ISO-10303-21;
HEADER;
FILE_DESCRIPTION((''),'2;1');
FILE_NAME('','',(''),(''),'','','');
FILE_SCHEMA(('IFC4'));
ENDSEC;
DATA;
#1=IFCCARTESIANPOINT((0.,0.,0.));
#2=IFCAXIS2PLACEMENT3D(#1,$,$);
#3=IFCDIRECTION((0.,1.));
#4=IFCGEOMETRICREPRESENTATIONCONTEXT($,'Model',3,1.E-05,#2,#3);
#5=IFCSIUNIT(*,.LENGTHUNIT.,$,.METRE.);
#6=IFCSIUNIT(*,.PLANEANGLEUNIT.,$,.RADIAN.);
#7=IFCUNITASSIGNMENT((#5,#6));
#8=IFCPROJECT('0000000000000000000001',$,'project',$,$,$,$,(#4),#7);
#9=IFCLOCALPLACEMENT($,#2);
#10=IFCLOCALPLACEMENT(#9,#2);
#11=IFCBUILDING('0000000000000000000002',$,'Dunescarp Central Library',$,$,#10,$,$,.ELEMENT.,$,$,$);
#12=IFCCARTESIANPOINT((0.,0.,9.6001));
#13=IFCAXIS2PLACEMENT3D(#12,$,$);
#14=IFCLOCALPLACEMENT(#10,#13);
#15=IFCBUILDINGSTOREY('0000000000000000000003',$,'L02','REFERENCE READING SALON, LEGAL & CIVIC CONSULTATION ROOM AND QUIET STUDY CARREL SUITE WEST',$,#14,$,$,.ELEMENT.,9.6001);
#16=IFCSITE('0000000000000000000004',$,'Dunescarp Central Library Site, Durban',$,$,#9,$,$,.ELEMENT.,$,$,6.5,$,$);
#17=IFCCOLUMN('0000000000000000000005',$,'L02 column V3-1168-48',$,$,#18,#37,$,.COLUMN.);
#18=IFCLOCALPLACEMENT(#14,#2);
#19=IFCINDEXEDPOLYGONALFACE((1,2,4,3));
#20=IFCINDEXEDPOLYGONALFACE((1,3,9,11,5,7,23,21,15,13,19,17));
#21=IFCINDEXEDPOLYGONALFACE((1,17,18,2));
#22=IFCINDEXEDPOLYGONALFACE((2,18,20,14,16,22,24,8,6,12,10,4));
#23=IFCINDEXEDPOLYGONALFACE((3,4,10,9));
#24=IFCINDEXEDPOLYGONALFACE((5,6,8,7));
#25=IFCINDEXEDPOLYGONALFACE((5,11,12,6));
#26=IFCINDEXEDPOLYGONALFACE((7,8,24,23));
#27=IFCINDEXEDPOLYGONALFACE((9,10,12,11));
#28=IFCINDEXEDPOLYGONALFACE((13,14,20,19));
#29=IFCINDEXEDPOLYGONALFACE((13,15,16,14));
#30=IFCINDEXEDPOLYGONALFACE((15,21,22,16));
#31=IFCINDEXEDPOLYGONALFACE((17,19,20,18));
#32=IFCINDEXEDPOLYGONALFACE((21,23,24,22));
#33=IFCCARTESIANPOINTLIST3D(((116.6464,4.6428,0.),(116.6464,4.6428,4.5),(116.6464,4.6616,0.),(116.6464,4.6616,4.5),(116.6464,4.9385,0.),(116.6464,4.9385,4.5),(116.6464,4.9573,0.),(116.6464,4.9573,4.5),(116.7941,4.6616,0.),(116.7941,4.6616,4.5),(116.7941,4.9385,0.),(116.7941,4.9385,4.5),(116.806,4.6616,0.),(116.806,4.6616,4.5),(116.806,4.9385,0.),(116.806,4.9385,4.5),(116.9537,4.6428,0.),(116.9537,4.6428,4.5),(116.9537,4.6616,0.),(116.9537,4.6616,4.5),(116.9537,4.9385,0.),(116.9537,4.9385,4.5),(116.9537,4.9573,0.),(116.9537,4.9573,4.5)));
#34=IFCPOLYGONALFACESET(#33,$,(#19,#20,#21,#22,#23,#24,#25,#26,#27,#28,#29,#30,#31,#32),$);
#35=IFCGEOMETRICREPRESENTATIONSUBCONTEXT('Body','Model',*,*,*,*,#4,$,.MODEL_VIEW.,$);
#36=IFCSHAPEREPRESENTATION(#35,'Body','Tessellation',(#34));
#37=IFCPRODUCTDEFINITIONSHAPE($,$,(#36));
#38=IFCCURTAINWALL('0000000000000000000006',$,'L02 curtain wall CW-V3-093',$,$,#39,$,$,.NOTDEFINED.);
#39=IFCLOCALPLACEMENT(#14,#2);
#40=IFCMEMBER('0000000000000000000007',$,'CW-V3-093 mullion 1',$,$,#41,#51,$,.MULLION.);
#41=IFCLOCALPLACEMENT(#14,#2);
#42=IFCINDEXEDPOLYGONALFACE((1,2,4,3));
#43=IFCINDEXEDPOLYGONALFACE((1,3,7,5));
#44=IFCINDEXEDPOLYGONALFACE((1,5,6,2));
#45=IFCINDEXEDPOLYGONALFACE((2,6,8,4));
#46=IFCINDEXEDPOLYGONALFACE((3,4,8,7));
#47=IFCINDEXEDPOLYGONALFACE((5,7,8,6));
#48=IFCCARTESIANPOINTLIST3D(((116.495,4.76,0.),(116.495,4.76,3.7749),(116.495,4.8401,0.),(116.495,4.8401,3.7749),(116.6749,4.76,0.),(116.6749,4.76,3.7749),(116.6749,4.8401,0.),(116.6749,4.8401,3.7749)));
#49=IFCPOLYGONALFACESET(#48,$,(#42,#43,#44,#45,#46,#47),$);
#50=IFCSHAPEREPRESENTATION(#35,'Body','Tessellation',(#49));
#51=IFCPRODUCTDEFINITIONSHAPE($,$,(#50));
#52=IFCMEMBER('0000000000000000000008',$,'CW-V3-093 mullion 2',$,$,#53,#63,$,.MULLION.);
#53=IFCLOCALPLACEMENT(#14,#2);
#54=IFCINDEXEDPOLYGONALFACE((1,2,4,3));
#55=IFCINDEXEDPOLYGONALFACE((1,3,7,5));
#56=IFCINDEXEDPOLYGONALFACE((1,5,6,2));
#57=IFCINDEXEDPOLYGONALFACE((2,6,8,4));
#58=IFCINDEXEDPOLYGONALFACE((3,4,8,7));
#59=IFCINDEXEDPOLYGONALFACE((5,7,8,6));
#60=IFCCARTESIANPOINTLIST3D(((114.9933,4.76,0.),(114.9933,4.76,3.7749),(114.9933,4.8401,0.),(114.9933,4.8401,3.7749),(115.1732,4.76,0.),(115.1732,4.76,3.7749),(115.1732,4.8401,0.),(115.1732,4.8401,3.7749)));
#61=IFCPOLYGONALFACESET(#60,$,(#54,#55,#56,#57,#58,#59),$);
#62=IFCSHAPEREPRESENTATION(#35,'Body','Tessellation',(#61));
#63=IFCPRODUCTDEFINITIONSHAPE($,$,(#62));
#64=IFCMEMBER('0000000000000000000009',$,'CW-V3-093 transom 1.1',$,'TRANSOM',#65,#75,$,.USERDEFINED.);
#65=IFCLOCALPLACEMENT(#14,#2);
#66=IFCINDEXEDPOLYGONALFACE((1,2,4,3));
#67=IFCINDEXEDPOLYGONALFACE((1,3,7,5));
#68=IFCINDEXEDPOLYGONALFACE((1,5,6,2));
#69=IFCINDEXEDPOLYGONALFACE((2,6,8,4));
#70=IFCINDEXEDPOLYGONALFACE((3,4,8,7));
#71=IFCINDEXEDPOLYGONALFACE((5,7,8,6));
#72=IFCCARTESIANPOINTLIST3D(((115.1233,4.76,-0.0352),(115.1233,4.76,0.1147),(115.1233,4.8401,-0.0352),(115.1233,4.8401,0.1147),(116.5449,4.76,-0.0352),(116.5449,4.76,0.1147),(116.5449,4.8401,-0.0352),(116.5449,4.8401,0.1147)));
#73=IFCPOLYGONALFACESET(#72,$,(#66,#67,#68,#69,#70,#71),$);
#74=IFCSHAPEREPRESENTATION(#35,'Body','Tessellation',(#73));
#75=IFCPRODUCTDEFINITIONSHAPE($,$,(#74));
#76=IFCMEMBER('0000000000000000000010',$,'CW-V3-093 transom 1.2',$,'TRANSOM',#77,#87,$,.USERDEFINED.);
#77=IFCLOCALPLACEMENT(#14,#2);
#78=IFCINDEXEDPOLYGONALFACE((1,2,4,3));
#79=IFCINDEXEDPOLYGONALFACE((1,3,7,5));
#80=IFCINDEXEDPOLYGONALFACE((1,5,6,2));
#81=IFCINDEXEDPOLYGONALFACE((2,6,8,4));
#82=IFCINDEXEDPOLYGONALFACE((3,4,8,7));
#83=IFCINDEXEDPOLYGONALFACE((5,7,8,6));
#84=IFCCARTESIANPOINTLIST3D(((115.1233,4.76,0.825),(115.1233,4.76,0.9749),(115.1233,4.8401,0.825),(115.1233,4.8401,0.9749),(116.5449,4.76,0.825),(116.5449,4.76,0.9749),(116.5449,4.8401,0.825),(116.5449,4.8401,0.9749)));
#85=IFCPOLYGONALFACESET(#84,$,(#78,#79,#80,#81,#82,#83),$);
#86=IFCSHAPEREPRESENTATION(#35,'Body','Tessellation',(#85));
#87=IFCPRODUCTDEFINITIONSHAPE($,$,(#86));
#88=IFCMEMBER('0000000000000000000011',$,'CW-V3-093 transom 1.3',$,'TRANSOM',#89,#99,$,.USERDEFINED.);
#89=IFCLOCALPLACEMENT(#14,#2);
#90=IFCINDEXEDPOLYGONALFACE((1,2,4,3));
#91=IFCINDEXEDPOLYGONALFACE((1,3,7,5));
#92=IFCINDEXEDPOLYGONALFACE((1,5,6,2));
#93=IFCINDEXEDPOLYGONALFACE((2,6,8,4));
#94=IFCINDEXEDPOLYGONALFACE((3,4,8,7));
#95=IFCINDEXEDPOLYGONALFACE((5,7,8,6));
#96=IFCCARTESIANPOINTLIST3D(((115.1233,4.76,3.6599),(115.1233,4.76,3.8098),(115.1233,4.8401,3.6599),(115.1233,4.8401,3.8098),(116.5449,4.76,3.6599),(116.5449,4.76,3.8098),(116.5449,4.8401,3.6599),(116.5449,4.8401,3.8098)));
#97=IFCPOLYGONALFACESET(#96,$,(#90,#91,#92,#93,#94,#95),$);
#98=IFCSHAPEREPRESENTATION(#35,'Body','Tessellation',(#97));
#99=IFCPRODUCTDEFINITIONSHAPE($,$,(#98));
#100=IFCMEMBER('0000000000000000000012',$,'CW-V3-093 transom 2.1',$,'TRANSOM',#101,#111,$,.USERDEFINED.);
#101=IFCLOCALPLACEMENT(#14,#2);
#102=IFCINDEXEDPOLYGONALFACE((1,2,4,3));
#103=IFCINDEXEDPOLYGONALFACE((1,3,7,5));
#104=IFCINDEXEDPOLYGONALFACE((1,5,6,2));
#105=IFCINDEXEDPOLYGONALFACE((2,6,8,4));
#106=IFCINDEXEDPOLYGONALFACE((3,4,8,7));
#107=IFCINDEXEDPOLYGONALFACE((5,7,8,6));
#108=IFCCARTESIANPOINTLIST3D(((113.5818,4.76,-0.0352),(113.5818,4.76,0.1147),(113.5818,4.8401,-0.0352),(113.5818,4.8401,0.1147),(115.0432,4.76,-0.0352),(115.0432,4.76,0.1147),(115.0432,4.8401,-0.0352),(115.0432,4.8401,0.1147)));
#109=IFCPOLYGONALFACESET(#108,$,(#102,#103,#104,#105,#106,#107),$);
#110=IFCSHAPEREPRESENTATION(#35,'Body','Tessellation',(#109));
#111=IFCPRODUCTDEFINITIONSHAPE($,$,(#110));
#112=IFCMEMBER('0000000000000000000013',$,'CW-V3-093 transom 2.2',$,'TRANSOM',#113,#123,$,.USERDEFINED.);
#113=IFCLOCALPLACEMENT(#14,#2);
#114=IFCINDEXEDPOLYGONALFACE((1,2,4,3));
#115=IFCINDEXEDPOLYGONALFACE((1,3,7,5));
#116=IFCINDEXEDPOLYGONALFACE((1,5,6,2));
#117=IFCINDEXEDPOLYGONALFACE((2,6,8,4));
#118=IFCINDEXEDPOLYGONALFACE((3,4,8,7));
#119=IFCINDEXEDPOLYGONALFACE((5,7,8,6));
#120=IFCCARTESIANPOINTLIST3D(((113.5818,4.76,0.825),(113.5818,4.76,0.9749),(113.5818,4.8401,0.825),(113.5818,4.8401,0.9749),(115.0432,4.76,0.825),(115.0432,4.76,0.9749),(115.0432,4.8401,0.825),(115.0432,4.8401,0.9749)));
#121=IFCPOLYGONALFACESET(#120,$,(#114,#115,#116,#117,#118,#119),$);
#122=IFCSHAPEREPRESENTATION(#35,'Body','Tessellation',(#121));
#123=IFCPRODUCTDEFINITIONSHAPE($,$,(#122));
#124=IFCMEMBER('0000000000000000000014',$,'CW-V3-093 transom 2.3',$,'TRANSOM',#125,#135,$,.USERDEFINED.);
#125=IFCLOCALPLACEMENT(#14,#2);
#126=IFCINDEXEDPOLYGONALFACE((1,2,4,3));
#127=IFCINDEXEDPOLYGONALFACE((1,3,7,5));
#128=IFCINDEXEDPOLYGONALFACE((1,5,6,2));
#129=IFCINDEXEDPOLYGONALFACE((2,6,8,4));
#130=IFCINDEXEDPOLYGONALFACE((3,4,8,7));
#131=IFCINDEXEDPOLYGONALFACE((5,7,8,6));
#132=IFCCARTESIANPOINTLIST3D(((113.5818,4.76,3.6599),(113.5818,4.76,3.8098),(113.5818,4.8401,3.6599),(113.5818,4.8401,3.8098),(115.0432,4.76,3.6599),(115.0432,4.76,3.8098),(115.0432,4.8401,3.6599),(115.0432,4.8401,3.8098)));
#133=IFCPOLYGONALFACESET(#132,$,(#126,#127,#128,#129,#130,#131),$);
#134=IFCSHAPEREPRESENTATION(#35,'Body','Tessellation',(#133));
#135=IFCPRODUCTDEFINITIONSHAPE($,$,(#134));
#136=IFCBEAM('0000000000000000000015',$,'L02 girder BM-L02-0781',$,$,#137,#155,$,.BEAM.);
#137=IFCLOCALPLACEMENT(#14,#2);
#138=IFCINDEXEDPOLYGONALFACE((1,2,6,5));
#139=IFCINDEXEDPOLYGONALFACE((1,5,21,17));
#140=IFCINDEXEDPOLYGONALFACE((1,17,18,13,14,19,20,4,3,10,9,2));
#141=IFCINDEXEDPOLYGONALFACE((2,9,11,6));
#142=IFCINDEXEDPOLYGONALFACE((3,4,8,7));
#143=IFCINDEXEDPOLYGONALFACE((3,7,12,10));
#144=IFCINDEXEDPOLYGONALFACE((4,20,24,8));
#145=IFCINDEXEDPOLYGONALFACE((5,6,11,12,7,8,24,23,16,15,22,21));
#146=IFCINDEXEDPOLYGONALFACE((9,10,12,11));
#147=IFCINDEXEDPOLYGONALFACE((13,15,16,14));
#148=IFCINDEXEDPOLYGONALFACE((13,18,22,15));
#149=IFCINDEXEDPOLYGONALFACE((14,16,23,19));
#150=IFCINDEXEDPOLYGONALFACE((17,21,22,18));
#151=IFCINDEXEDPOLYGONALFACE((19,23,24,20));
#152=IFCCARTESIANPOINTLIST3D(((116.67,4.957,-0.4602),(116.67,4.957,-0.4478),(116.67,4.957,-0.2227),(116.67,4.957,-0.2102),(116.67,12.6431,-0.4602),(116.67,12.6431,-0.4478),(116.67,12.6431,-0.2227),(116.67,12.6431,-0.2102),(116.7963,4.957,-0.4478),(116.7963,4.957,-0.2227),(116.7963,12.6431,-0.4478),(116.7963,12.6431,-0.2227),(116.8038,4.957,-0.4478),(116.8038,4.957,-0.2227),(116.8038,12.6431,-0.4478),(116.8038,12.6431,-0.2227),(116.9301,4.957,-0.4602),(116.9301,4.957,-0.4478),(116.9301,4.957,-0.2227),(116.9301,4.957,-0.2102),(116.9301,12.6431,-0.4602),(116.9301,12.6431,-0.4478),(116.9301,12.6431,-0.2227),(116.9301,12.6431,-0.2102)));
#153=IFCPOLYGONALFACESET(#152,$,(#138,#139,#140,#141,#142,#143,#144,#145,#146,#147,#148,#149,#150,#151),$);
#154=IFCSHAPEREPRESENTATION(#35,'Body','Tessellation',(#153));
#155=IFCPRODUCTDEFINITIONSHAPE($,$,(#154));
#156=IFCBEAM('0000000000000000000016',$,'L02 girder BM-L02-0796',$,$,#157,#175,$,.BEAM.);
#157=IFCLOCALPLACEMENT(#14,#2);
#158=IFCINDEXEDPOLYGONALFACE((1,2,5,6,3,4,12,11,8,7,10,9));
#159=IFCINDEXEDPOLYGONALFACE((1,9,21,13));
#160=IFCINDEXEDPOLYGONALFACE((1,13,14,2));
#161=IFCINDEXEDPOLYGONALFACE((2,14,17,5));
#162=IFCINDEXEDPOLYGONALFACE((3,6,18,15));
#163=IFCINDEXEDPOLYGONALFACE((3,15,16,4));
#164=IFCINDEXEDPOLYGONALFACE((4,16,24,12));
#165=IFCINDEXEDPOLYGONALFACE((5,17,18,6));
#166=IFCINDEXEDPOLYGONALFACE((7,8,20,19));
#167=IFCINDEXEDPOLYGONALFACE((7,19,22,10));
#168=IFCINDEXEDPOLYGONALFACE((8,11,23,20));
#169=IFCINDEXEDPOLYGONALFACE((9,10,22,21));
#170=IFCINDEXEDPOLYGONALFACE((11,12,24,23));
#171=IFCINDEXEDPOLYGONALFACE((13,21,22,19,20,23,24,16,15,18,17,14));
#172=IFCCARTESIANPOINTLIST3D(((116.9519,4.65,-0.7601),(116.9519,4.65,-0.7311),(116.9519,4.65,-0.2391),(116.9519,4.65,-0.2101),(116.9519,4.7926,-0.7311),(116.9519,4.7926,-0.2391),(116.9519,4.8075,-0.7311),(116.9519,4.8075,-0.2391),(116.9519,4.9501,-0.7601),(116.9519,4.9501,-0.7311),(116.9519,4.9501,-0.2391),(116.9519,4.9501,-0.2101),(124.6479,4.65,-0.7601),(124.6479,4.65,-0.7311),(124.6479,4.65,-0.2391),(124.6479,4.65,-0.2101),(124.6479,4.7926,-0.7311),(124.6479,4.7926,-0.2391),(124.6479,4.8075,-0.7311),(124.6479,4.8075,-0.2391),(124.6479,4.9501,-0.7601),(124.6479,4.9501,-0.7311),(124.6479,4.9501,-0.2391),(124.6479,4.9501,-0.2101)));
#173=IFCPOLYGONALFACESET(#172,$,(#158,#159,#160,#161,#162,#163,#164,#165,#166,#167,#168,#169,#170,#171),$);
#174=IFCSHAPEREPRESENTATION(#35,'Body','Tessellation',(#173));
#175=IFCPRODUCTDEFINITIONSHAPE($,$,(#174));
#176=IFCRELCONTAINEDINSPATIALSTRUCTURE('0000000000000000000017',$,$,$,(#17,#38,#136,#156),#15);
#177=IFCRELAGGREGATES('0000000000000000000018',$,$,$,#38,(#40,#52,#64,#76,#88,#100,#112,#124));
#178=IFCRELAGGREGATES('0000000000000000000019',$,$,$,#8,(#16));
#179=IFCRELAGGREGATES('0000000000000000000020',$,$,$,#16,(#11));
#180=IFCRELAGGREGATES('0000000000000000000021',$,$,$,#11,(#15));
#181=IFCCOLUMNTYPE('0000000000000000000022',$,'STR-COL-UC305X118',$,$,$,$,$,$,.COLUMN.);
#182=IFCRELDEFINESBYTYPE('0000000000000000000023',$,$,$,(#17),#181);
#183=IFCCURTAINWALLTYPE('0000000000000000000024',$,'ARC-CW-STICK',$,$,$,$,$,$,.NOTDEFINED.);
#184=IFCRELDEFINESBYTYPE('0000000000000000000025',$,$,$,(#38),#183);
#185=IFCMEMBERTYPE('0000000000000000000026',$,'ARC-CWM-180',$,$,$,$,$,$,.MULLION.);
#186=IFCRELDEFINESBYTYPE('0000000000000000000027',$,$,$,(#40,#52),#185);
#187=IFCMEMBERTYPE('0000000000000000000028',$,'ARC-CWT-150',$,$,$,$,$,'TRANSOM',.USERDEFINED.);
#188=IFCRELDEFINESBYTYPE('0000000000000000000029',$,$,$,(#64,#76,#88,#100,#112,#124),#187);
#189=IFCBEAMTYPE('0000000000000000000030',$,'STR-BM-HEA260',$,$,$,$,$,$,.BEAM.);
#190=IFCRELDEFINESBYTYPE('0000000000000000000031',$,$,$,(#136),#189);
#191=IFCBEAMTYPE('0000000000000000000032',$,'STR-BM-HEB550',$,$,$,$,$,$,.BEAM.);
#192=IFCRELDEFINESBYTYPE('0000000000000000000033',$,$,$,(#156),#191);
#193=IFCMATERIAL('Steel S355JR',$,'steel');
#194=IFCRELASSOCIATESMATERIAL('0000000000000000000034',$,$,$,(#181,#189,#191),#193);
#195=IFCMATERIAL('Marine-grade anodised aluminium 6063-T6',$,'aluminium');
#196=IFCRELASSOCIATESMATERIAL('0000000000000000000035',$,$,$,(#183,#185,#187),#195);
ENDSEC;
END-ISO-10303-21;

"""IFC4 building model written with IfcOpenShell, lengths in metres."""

from ifc_helpers import new_model, si_unit, direction, frame, origin, origin_2d, place, context, subcontext, project, spatial, rectangle, i_section, extrude, material, material_profile, profile_set, type_object, element, aggregate, save


model = new_model("IFC4")

# Units and contexts
model_context = context("Model", 3, precision=1e-05, world=origin(), true_north=direction((0.0, 1.0)))
body_context = subcontext(model_context, "Body", "Model", "MODEL_VIEW")
ifc_project = project(units=[si_unit("LENGTHUNIT", "METRE"), si_unit("PLANEANGLEUNIT", "RADIAN")], contexts=[model_context])

# Site, building, storey
site_placement = place(None, origin())
site = spatial("IfcSite", under=ifc_project, at=site_placement, Name="Dunescarp Central Library Site, Durban", CompositionType="ELEMENT", RefElevation=6.5)
building_placement = place(site_placement, origin())
building = spatial("IfcBuilding", under=site, at=building_placement, Name="Dunescarp Central Library", CompositionType="ELEMENT")
storey_placement = place(building_placement, frame((0.0, 0.0, 9.6001)))
storey = spatial("IfcBuildingStorey", under=building, at=storey_placement, Name="L02", Description="REFERENCE READING SALON, LEGAL & CIVIC CONSULTATION ROOM AND QUIET STUDY CARREL SUITE WEST", CompositionType="ELEMENT", Elevation=9.6001)

# Column
ifc_material_1 = material(Name="Steel S355JR", Category="steel")
ifc_material_profile_1 = material_profile(ifc_material_1, i_section(OverallWidth=0.3074, OverallDepth=0.3145, WebThickness=0.012, FlangeThickness=0.0188, at=origin_2d()), Name="UC 305x305x118")
ifc_profile_set_1 = profile_set([ifc_material_profile_1], Name="Steel S355JR")
column_type = type_object("IfcColumnType", Name="STR-COL-UC305X118", PredefinedType="COLUMN", material=ifc_profile_set_1)
column_placement = place(storey_placement, frame((116.8, 4.8, 0.0), z_axis=(0.0, 0.0, 1.0), x_axis=(1.0, 0.0, 0.0)))
element("IfcColumn", 1, at=column_placement, inside=storey, type_object=column_type, Name="L02 column V3-1168-48", PredefinedType="COLUMN", context=body_context, shape_type="SweptSolid", body=[
    extrude(i_section(OverallWidth=0.3074, OverallDepth=0.3145, WebThickness=0.012, FlangeThickness=0.0188, at=origin_2d()), origin(), (0.0, 0.0, 1.0), 4.5),
])

# Curtain wall, members
ifc_material_2 = material(Name="Marine-grade anodised aluminium 6063-T6", Category="aluminium")
curtain_wall_type = type_object("IfcCurtainWallType", Name="ARC-CW-STICK", PredefinedType="NOTDEFINED", material=ifc_material_2)
curtain_wall_placement = place(storey_placement, origin())
curtain_wall = element("IfcCurtainWall", 2, at=curtain_wall_placement, inside=storey, type_object=curtain_wall_type, Name="L02 curtain wall CW-V3-093", PredefinedType="NOTDEFINED")
ifc_material_profile_2 = material_profile(ifc_material_2, rectangle(XDim=0.0801, YDim=0.1799, at=origin_2d()), Name="AL 80x180")
ifc_profile_set_2 = profile_set([ifc_material_profile_2], Name="Marine-grade anodised aluminium 6063-T6")
member_type_1 = type_object("IfcMemberType", Name="ARC-CWM-180", PredefinedType="MULLION", material=ifc_profile_set_2)
member_1_placement = place(storey_placement, frame((116.585, 4.8, 0.0), z_axis=(0.0, 0.0, 1.0), x_axis=(0.0, -1.0, 0.0)))
member_1 = element("IfcMember", 3, at=member_1_placement, type_object=member_type_1, Name="CW-V3-093 mullion 1", PredefinedType="MULLION", context=body_context, shape_type="SweptSolid", body=[
    extrude(rectangle(XDim=0.0801, YDim=0.1799, at=origin_2d()), origin(), (0.0, 0.0, 1.0), 3.7749),
])
member_2_placement = place(storey_placement, frame((115.0833, 4.8, 0.0), z_axis=(0.0, 0.0, 1.0), x_axis=(0.0, -1.0, 0.0)))
member_2 = element("IfcMember", 4, at=member_2_placement, type_object=member_type_1, Name="CW-V3-093 mullion 2", PredefinedType="MULLION", context=body_context, shape_type="SweptSolid", body=[
    extrude(rectangle(XDim=0.0801, YDim=0.1799, at=origin_2d()), origin(), (0.0, 0.0, 1.0), 3.7749),
])
ifc_material_profile_3 = material_profile(ifc_material_2, rectangle(XDim=0.0801, YDim=0.1499, at=origin_2d()), Name="AL 80x150")
ifc_profile_set_3 = profile_set([ifc_material_profile_3], Name="Marine-grade anodised aluminium 6063-T6")
member_type_2 = type_object("IfcMemberType", Name="ARC-CWT-150", ElementType="TRANSOM", PredefinedType="USERDEFINED", material=ifc_profile_set_3)
member_3_placement = place(storey_placement, frame((116.5449, 4.8, 0.0398), z_axis=(-1.0, 0.0, 0.0), x_axis=(0.0, -1.0, 0.0)))
member_3 = element("IfcMember", 5, at=member_3_placement, type_object=member_type_2, Name="CW-V3-093 transom 1.1", ObjectType="TRANSOM", PredefinedType="USERDEFINED", context=body_context, shape_type="SweptSolid", body=[
    extrude(rectangle(XDim=0.0801, YDim=0.1499, at=origin_2d()), origin(), (0.0, 0.0, 1.0), 1.4216),
])
member_4_placement = place(storey_placement, frame((116.5449, 4.8, 0.8999), z_axis=(-1.0, 0.0, 0.0), x_axis=(0.0, -1.0, 0.0)))
member_4 = element("IfcMember", 6, at=member_4_placement, type_object=member_type_2, Name="CW-V3-093 transom 1.2", ObjectType="TRANSOM", PredefinedType="USERDEFINED", context=body_context, shape_type="SweptSolid", body=[
    extrude(rectangle(XDim=0.0801, YDim=0.1499, at=origin_2d()), origin(), (0.0, 0.0, 1.0), 1.4216),
])
member_5_placement = place(storey_placement, frame((116.5449, 4.8, 3.7349), z_axis=(-1.0, 0.0, 0.0), x_axis=(0.0, -1.0, 0.0)))
member_5 = element("IfcMember", 7, at=member_5_placement, type_object=member_type_2, Name="CW-V3-093 transom 1.3", ObjectType="TRANSOM", PredefinedType="USERDEFINED", context=body_context, shape_type="SweptSolid", body=[
    extrude(rectangle(XDim=0.0801, YDim=0.1499, at=origin_2d()), origin(), (0.0, 0.0, 1.0), 1.4216),
])
member_6_placement = place(storey_placement, frame((115.0432, 4.8, 0.0398), z_axis=(-1.0, 0.0, 0.0), x_axis=(0.0, -1.0, 0.0)))
member_6 = element("IfcMember", 8, at=member_6_placement, type_object=member_type_2, Name="CW-V3-093 transom 2.1", ObjectType="TRANSOM", PredefinedType="USERDEFINED", context=body_context, shape_type="SweptSolid", body=[
    extrude(rectangle(XDim=0.0801, YDim=0.1499, at=origin_2d()), origin(), (0.0, 0.0, 1.0), 1.4614),
])
member_7_placement = place(storey_placement, frame((115.0432, 4.8, 0.8999), z_axis=(-1.0, 0.0, 0.0), x_axis=(0.0, -1.0, 0.0)))
member_7 = element("IfcMember", 9, at=member_7_placement, type_object=member_type_2, Name="CW-V3-093 transom 2.2", ObjectType="TRANSOM", PredefinedType="USERDEFINED", context=body_context, shape_type="SweptSolid", body=[
    extrude(rectangle(XDim=0.0801, YDim=0.1499, at=origin_2d()), origin(), (0.0, 0.0, 1.0), 1.4614),
])
member_8_placement = place(storey_placement, frame((115.0432, 4.8, 3.7349), z_axis=(-1.0, 0.0, 0.0), x_axis=(0.0, -1.0, 0.0)))
member_8 = element("IfcMember", 10, at=member_8_placement, type_object=member_type_2, Name="CW-V3-093 transom 2.3", ObjectType="TRANSOM", PredefinedType="USERDEFINED", context=body_context, shape_type="SweptSolid", body=[
    extrude(rectangle(XDim=0.0801, YDim=0.1499, at=origin_2d()), origin(), (0.0, 0.0, 1.0), 1.4614),
])

# Beams
ifc_material_profile_4 = material_profile(ifc_material_1, i_section(OverallWidth=0.26, OverallDepth=0.25, WebThickness=0.0076, FlangeThickness=0.0125, at=origin_2d()), Name="HEA 260")
ifc_profile_set_4 = profile_set([ifc_material_profile_4], Name="Steel S355JR")
beam_type_1 = type_object("IfcBeamType", Name="STR-BM-HEA260", PredefinedType="BEAM", material=ifc_profile_set_4)
beam_1_placement = place(storey_placement, frame((116.8, 4.957, -0.3352), z_axis=(0.0, 1.0, 0.0), x_axis=(-1.0, 0.0, 0.0)))
element("IfcBeam", 11, at=beam_1_placement, inside=storey, type_object=beam_type_1, Name="L02 girder BM-L02-0781", PredefinedType="BEAM", context=body_context, shape_type="SweptSolid", body=[
    extrude(i_section(OverallWidth=0.26, OverallDepth=0.25, WebThickness=0.0076, FlangeThickness=0.0125, at=origin_2d()), origin(), (0.0, 0.0, 1.0), 7.686),
])
ifc_material_profile_5 = material_profile(ifc_material_1, i_section(OverallWidth=0.3, OverallDepth=0.55, WebThickness=0.0149, FlangeThickness=0.0291, at=origin_2d()), Name="HEB 550")
ifc_profile_set_5 = profile_set([ifc_material_profile_5], Name="Steel S355JR")
beam_type_2 = type_object("IfcBeamType", Name="STR-BM-HEB550", PredefinedType="BEAM", material=ifc_profile_set_5)
beam_2_placement = place(storey_placement, frame((116.9519, 4.8, -0.4851), z_axis=(1.0, 0.0, 0.0), x_axis=(0.0, 1.0, 0.0)))
element("IfcBeam", 12, at=beam_2_placement, inside=storey, type_object=beam_type_2, Name="L02 girder BM-L02-0796", PredefinedType="BEAM", context=body_context, shape_type="SweptSolid", body=[
    extrude(i_section(OverallWidth=0.3, OverallDepth=0.55, WebThickness=0.0149, FlangeThickness=0.0291, at=origin_2d()), origin(), (0.0, 0.0, 1.0), 7.696),
])

aggregate(curtain_wall, [member_1, member_2, member_3, member_4, member_5, member_6, member_7, member_8])

save(model, "model.ifc")
